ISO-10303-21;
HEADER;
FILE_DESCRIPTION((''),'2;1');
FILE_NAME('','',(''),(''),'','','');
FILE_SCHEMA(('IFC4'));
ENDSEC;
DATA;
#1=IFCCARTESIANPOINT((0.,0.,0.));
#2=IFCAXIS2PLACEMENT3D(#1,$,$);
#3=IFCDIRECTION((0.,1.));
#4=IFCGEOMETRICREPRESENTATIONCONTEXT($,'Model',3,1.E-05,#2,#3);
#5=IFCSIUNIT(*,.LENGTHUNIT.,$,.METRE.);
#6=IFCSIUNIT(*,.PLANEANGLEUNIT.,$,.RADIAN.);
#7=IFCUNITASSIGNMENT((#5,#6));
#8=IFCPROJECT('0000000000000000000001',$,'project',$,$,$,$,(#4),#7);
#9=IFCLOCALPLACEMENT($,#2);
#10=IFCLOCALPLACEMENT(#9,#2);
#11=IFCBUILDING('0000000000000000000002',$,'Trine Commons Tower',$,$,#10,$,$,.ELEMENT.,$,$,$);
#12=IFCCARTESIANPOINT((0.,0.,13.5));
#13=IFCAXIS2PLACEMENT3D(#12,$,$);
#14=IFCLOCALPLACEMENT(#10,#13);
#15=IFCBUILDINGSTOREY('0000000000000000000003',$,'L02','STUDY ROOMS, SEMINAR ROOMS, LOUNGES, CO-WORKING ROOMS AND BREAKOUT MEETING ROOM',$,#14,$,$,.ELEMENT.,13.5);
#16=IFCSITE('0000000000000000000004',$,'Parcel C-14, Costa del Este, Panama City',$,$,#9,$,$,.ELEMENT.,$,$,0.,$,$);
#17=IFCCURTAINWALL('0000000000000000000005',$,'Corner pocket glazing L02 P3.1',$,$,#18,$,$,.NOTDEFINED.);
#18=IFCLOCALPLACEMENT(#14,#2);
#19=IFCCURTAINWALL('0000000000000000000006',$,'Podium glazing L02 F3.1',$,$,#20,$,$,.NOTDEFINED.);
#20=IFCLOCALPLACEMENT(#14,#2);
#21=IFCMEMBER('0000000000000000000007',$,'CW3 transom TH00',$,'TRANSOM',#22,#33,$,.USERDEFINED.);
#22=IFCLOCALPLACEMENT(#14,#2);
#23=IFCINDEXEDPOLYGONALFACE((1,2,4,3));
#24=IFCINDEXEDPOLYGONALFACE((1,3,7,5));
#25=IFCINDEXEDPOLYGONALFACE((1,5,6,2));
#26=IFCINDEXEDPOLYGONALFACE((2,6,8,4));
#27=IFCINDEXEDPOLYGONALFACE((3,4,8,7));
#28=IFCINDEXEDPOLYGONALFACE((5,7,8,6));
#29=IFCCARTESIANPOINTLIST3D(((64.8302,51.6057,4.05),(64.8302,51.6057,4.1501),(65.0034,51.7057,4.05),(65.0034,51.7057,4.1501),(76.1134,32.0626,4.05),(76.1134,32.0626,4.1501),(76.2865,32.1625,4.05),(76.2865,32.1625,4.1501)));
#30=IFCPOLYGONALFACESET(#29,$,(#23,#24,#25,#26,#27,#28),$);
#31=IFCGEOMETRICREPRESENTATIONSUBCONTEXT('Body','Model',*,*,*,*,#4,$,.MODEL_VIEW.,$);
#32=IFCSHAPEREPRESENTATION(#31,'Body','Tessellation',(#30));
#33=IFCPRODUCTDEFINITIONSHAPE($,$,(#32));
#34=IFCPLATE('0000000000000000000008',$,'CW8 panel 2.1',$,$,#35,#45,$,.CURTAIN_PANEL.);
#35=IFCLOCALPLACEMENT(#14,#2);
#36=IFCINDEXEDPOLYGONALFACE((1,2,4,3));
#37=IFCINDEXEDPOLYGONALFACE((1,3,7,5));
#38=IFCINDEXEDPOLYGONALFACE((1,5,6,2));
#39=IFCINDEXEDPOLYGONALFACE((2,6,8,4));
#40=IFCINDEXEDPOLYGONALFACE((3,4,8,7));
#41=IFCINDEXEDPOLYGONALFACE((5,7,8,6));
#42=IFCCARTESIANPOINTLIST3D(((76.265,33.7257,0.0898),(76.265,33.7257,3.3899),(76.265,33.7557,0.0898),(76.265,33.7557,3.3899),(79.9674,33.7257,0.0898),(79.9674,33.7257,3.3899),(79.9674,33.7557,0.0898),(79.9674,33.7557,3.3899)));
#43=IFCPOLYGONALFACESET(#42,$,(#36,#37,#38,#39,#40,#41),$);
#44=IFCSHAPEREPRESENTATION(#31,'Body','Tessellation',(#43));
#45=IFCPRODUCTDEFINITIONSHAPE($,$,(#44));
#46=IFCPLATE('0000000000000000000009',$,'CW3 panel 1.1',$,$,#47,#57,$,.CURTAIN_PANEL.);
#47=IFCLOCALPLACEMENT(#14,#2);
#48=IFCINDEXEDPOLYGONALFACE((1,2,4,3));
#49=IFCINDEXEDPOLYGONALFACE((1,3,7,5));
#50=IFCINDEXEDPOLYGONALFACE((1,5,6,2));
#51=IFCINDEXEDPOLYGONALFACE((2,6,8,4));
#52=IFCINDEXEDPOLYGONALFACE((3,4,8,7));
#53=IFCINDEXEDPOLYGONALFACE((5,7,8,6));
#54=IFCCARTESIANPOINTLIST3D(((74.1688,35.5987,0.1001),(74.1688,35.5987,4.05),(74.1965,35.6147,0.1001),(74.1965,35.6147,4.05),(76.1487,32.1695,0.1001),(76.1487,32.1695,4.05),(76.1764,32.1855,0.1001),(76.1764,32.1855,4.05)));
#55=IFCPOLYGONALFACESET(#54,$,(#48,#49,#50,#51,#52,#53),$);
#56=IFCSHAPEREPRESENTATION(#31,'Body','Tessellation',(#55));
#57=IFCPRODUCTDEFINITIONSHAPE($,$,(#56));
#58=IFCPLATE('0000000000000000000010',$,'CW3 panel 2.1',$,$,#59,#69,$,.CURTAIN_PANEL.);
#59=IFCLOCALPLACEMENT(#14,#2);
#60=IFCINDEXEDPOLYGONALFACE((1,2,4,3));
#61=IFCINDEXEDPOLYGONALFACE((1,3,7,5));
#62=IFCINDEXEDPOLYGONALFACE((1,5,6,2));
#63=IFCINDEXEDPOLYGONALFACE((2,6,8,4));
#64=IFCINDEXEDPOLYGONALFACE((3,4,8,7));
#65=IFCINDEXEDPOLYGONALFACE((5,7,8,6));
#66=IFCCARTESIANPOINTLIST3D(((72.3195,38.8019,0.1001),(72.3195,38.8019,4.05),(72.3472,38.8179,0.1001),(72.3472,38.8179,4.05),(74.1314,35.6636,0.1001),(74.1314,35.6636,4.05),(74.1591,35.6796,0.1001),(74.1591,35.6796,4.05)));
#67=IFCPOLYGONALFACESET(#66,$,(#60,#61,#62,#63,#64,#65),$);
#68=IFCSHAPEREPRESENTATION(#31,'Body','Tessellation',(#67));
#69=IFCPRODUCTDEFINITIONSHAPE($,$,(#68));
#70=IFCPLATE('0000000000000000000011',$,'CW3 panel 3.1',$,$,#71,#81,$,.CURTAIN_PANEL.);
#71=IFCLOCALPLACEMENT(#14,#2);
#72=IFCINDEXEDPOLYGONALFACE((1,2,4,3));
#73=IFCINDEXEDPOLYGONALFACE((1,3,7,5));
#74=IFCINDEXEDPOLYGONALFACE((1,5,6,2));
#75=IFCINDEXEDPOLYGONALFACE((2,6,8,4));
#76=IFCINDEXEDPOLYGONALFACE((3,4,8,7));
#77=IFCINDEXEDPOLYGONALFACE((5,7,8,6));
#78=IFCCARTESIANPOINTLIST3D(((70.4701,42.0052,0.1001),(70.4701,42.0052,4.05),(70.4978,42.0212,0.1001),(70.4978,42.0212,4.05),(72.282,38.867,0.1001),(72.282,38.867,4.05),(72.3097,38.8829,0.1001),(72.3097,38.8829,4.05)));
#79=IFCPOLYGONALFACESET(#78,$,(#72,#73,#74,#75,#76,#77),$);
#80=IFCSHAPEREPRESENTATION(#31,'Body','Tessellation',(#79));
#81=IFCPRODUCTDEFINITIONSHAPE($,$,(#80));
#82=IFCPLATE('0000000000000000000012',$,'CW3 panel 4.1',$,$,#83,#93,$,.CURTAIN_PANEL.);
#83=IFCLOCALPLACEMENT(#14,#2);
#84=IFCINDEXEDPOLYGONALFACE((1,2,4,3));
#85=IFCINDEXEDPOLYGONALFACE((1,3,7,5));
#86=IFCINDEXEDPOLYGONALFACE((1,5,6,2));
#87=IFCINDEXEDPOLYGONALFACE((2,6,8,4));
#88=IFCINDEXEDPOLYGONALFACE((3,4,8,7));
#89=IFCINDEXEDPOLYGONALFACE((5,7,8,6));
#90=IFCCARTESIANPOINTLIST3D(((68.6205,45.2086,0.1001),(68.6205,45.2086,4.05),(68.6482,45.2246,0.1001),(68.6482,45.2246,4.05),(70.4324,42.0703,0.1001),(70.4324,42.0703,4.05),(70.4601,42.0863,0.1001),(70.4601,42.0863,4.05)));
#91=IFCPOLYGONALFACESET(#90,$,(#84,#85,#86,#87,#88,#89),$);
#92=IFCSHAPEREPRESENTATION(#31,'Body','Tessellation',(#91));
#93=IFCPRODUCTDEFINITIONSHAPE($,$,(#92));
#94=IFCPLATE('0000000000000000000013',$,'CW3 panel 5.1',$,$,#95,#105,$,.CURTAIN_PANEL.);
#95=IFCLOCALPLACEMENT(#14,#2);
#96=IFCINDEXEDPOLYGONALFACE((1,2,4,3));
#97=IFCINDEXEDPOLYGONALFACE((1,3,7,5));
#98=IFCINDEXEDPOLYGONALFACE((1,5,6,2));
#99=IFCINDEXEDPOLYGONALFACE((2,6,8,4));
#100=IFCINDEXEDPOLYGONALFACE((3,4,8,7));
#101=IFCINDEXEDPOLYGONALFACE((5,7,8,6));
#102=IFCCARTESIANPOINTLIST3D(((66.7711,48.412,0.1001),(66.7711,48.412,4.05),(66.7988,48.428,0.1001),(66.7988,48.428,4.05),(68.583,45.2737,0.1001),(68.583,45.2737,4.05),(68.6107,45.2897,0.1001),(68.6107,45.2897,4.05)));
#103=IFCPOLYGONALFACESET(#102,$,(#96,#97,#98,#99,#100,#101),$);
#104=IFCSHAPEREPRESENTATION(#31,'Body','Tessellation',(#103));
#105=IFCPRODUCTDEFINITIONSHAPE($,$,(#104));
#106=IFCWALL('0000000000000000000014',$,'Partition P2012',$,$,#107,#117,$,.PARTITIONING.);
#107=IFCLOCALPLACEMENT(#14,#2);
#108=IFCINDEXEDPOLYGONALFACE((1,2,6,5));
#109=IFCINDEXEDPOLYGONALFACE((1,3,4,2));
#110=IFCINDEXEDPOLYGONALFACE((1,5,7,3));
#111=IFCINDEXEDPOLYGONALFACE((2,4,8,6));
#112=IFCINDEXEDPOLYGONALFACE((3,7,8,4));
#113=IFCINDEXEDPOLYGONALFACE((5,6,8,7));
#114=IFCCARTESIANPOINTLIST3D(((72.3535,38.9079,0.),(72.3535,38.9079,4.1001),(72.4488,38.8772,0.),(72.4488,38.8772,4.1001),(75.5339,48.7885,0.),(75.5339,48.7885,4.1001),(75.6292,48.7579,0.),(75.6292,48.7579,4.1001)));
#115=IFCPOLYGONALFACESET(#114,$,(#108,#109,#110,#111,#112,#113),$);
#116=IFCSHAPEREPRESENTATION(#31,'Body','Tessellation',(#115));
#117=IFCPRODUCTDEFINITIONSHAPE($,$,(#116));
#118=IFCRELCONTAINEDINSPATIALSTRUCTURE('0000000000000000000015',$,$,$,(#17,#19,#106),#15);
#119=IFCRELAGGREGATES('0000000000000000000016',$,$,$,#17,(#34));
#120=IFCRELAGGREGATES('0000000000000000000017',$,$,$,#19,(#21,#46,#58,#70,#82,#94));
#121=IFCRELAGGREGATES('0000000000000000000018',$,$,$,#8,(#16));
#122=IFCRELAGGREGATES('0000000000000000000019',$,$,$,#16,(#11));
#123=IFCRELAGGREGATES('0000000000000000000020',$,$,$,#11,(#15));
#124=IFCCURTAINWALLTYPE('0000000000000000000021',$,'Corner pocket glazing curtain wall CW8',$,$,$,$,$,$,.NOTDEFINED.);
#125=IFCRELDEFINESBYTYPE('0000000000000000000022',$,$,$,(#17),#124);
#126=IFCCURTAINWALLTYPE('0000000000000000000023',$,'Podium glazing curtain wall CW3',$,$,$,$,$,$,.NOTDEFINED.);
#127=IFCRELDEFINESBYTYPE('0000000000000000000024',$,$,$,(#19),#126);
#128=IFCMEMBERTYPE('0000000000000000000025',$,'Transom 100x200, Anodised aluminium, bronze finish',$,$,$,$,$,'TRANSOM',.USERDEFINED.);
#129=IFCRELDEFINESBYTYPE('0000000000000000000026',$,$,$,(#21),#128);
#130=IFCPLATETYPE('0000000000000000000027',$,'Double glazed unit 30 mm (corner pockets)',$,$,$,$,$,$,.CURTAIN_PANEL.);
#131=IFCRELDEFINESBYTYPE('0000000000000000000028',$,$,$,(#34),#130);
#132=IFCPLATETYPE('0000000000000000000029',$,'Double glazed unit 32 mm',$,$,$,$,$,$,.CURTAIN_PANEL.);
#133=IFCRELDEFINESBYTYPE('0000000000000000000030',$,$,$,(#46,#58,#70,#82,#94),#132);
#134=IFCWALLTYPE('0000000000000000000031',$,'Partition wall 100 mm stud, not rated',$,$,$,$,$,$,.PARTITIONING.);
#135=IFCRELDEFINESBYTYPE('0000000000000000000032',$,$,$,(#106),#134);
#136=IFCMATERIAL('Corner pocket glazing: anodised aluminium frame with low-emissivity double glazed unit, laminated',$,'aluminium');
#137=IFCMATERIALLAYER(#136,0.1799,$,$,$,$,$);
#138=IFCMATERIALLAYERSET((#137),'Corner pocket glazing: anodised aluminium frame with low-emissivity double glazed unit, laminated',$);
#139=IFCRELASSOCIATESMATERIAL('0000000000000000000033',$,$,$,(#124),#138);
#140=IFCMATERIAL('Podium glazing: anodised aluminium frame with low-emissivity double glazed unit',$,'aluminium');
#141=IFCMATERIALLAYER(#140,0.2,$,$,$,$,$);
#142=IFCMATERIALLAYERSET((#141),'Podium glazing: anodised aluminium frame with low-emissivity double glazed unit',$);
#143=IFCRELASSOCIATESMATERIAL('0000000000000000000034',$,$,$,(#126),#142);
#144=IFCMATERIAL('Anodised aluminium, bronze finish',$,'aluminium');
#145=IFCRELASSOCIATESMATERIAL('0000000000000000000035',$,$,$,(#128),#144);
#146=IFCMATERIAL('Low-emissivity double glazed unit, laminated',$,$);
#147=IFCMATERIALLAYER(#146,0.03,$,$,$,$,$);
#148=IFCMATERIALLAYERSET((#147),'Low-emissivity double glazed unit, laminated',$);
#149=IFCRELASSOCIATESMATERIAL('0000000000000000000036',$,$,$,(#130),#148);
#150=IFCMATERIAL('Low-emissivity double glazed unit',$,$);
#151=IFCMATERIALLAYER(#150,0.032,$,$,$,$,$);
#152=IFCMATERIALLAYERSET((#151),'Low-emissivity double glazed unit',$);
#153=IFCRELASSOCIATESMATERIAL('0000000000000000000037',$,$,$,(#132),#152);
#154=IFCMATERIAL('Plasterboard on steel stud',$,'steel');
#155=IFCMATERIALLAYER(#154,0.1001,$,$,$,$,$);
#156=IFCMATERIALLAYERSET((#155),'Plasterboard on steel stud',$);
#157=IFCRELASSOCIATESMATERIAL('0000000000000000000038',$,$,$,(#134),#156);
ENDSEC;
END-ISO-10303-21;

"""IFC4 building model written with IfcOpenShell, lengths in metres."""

from ifc_helpers import new_model, si_unit, direction, frame, frame_2d, origin, origin_2d, place, context, subcontext, project, spatial, rectangle, extrude, material, layer, layer_set, material_profile, profile_set, type_object, element, aggregate, save


model = new_model("IFC4")

# Units and contexts
model_context = context("Model", 3, precision=1e-05, world=origin(), true_north=direction((0.0, 1.0)))
body_context = subcontext(model_context, "Body", "Model", "MODEL_VIEW")
ifc_project = project(units=[si_unit("LENGTHUNIT", "METRE"), si_unit("PLANEANGLEUNIT", "RADIAN")], contexts=[model_context])

# Site, building, storey
site_placement = place(None, origin())
site = spatial("IfcSite", under=ifc_project, at=site_placement, Name="Parcel C-14, Costa del Este, Panama City", CompositionType="ELEMENT", RefElevation=0.0)
building_placement = place(site_placement, origin())
building = spatial("IfcBuilding", under=site, at=building_placement, Name="Trine Commons Tower", CompositionType="ELEMENT")
storey_placement = place(building_placement, frame((0.0, 0.0, 13.5)))
storey = spatial("IfcBuildingStorey", under=building, at=storey_placement, Name="L02", Description="STUDY ROOMS, SEMINAR ROOMS, LOUNGES, CO-WORKING ROOMS AND BREAKOUT MEETING ROOM", CompositionType="ELEMENT", Elevation=13.5)

# Curtain wall
ifc_material_1 = material(Name="Corner pocket glazing: anodised aluminium frame with low-emissivity double glazed unit, laminated", Category="aluminium")
ifc_layer_1 = layer(ifc_material_1, 0.1799)
ifc_layer_set_1 = layer_set([ifc_layer_1], Name="Corner pocket glazing: anodised aluminium frame with low-emissivity double glazed unit, laminated")
curtain_wall_type_1 = type_object("IfcCurtainWallType", Name="Corner pocket glazing curtain wall CW8", PredefinedType="NOTDEFINED", material=ifc_layer_set_1)
curtain_wall_1_placement = place(storey_placement, origin())
curtain_wall_1 = element("IfcCurtainWall", 1, at=curtain_wall_1_placement, inside=storey, type_object=curtain_wall_type_1, Name="Corner pocket glazing L02 P3.1", PredefinedType="NOTDEFINED")
ifc_material_2 = material(Name="Anodised aluminium, bronze finish", Category="aluminium")

# Curtain wall
ifc_material_3 = material(Name="Podium glazing: anodised aluminium frame with low-emissivity double glazed unit", Category="aluminium")
ifc_layer_2 = layer(ifc_material_3, 0.2)
ifc_layer_set_2 = layer_set([ifc_layer_2], Name="Podium glazing: anodised aluminium frame with low-emissivity double glazed unit")
curtain_wall_type_2 = type_object("IfcCurtainWallType", Name="Podium glazing curtain wall CW3", PredefinedType="NOTDEFINED", material=ifc_layer_set_2)
curtain_wall_2_placement = place(storey_placement, origin())
curtain_wall_2 = element("IfcCurtainWall", 2, at=curtain_wall_2_placement, inside=storey, type_object=curtain_wall_type_2, Name="Podium glazing L02 F3.1", PredefinedType="NOTDEFINED")

# Member
ifc_material_profile_1 = material_profile(ifc_material_2, rectangle(XDim=0.2, YDim=0.1001, at=origin_2d()), Name="Transom 100x200")
ifc_profile_set_1 = profile_set([ifc_material_profile_1], Name="Anodised aluminium, bronze finish")
member_type_1 = type_object("IfcMemberType", Name="Transom 100x200, Anodised aluminium, bronze finish", ElementType="TRANSOM", PredefinedType="USERDEFINED", material=ifc_profile_set_1)
member_1_placement = place(storey_placement, frame((76.2, 32.1125, 4.1001), z_axis=(-0.499997, 0.866027, 0.0), x_axis=(-0.866027, -0.499997, 0.0)))
member_1 = element("IfcMember", 3, at=member_1_placement, type_object=member_type_1, Name="CW3 transom TH00", ObjectType="TRANSOM", PredefinedType="USERDEFINED", context=body_context, shape_type="SweptSolid", body=[
    extrude(rectangle(XDim=0.2, YDim=0.1001, at=origin_2d()), origin(), (0.0, 0.0, 1.0), 22.5664),
])

# Plates
ifc_material_4 = material(Name="Low-emissivity double glazed unit, laminated")
ifc_layer_3 = layer(ifc_material_4, 0.03)
ifc_layer_set_3 = layer_set([ifc_layer_3], Name="Low-emissivity double glazed unit, laminated")
plate_type_1 = type_object("IfcPlateType", Name="Double glazed unit 30 mm (corner pockets)", PredefinedType="CURTAIN_PANEL", material=ifc_layer_set_3)
plate_1_placement = place(storey_placement, frame((78.1162, 33.7407, 0.0898), z_axis=(0.0, 0.0, 1.0), x_axis=(-1.0, 0.0, 0.0)))
plate_1 = element("IfcPlate", 4, at=plate_1_placement, type_object=plate_type_1, Name="CW8 panel 2.1", PredefinedType="CURTAIN_PANEL", context=body_context, shape_type="SweptSolid", body=[
    extrude(rectangle(XDim=3.7024, YDim=0.03, at=origin_2d()), origin(), (0.0, 0.0, 1.0), 3.3),
])
aggregate(curtain_wall_1, [plate_1])
ifc_material_5 = material(Name="Low-emissivity double glazed unit")
ifc_layer_4 = layer(ifc_material_5, 0.032)
ifc_layer_set_4 = layer_set([ifc_layer_4], Name="Low-emissivity double glazed unit")
plate_type_2 = type_object("IfcPlateType", Name="Double glazed unit 32 mm", PredefinedType="CURTAIN_PANEL", material=ifc_layer_set_4)
plate_2_placement = place(storey_placement, frame((75.1726, 33.8921, 0.1001), z_axis=(0.0, 0.0, 1.0), x_axis=(-0.5, 0.866025, 0.0)))
plate_2 = element("IfcPlate", 5, at=plate_2_placement, type_object=plate_type_2, Name="CW3 panel 1.1", PredefinedType="CURTAIN_PANEL", context=body_context, shape_type="SweptSolid", body=[
    extrude(rectangle(XDim=3.9597, YDim=0.032, at=origin_2d()), origin(), (0.0, 0.0, 1.0), 3.95),
])
plate_3_placement = place(storey_placement, frame((73.2393, 37.2407, 0.1001), z_axis=(0.0, 0.0, 1.0), x_axis=(-0.5, 0.866025, 0.0)))
plate_3 = element("IfcPlate", 6, at=plate_3_placement, type_object=plate_type_2, Name="CW3 panel 2.1", PredefinedType="CURTAIN_PANEL", context=body_context, shape_type="SweptSolid", body=[
    extrude(rectangle(XDim=3.6238, YDim=0.032, at=origin_2d()), origin(), (0.0, 0.0, 1.0), 3.95),
])
plate_4_placement = place(storey_placement, frame((71.3899, 40.4441, 0.1001), z_axis=(0.0, 0.0, 1.0), x_axis=(-0.5, 0.866025, 0.0)))
plate_4 = element("IfcPlate", 7, at=plate_4_placement, type_object=plate_type_2, Name="CW3 panel 3.1", PredefinedType="CURTAIN_PANEL", context=body_context, shape_type="SweptSolid", body=[
    extrude(rectangle(XDim=3.6238, YDim=0.032, at=origin_2d()), origin(), (0.0, 0.0, 1.0), 3.95),
])
plate_5_placement = place(storey_placement, frame((69.5403, 43.6475, 0.1001), z_axis=(0.0, 0.0, 1.0), x_axis=(-0.5, 0.866025, 0.0)))
plate_5 = element("IfcPlate", 8, at=plate_5_placement, type_object=plate_type_2, Name="CW3 panel 4.1", PredefinedType="CURTAIN_PANEL", context=body_context, shape_type="SweptSolid", body=[
    extrude(rectangle(XDim=3.6238, YDim=0.032, at=origin_2d()), origin(), (0.0, 0.0, 1.0), 3.95),
])
plate_6_placement = place(storey_placement, frame((67.6909, 46.8508, 0.1001), z_axis=(0.0, 0.0, 1.0), x_axis=(-0.5, 0.866025, 0.0)))
plate_6 = element("IfcPlate", 9, at=plate_6_placement, type_object=plate_type_2, Name="CW3 panel 5.1", PredefinedType="CURTAIN_PANEL", context=body_context, shape_type="SweptSolid", body=[
    extrude(rectangle(XDim=3.6238, YDim=0.032, at=origin_2d()), origin(), (0.0, 0.0, 1.0), 3.95),
])
aggregate(curtain_wall_2, [member_1, plate_2, plate_3, plate_4, plate_5, plate_6])

# Wall
ifc_material_6 = material(Name="Plasterboard on steel stud", Category="steel")
ifc_layer_5 = layer(ifc_material_6, 0.1001)
ifc_layer_set_5 = layer_set([ifc_layer_5], Name="Plasterboard on steel stud")
wall_type_1 = type_object("IfcWallType", Name="Partition wall 100 mm stud, not rated", PredefinedType="PARTITIONING", material=ifc_layer_set_5)
wall_1_placement = place(storey_placement, frame((72.4011, 38.8926, 0.0), z_axis=(0.0, 0.0, 1.0), x_axis=(0.306403, 0.951902, 0.0)))
element("IfcWall", 10, at=wall_1_placement, inside=storey, type_object=wall_type_1, Name="Partition P2012", PredefinedType="PARTITIONING", context=body_context, shape_type="SweptSolid", body=[
    extrude(rectangle(XDim=10.3799, YDim=0.1001, at=frame_2d((5.1899, 0.0))), origin(), (0.0, 0.0, 1.0), 4.1001),
])

save(model, "model.ifc")
